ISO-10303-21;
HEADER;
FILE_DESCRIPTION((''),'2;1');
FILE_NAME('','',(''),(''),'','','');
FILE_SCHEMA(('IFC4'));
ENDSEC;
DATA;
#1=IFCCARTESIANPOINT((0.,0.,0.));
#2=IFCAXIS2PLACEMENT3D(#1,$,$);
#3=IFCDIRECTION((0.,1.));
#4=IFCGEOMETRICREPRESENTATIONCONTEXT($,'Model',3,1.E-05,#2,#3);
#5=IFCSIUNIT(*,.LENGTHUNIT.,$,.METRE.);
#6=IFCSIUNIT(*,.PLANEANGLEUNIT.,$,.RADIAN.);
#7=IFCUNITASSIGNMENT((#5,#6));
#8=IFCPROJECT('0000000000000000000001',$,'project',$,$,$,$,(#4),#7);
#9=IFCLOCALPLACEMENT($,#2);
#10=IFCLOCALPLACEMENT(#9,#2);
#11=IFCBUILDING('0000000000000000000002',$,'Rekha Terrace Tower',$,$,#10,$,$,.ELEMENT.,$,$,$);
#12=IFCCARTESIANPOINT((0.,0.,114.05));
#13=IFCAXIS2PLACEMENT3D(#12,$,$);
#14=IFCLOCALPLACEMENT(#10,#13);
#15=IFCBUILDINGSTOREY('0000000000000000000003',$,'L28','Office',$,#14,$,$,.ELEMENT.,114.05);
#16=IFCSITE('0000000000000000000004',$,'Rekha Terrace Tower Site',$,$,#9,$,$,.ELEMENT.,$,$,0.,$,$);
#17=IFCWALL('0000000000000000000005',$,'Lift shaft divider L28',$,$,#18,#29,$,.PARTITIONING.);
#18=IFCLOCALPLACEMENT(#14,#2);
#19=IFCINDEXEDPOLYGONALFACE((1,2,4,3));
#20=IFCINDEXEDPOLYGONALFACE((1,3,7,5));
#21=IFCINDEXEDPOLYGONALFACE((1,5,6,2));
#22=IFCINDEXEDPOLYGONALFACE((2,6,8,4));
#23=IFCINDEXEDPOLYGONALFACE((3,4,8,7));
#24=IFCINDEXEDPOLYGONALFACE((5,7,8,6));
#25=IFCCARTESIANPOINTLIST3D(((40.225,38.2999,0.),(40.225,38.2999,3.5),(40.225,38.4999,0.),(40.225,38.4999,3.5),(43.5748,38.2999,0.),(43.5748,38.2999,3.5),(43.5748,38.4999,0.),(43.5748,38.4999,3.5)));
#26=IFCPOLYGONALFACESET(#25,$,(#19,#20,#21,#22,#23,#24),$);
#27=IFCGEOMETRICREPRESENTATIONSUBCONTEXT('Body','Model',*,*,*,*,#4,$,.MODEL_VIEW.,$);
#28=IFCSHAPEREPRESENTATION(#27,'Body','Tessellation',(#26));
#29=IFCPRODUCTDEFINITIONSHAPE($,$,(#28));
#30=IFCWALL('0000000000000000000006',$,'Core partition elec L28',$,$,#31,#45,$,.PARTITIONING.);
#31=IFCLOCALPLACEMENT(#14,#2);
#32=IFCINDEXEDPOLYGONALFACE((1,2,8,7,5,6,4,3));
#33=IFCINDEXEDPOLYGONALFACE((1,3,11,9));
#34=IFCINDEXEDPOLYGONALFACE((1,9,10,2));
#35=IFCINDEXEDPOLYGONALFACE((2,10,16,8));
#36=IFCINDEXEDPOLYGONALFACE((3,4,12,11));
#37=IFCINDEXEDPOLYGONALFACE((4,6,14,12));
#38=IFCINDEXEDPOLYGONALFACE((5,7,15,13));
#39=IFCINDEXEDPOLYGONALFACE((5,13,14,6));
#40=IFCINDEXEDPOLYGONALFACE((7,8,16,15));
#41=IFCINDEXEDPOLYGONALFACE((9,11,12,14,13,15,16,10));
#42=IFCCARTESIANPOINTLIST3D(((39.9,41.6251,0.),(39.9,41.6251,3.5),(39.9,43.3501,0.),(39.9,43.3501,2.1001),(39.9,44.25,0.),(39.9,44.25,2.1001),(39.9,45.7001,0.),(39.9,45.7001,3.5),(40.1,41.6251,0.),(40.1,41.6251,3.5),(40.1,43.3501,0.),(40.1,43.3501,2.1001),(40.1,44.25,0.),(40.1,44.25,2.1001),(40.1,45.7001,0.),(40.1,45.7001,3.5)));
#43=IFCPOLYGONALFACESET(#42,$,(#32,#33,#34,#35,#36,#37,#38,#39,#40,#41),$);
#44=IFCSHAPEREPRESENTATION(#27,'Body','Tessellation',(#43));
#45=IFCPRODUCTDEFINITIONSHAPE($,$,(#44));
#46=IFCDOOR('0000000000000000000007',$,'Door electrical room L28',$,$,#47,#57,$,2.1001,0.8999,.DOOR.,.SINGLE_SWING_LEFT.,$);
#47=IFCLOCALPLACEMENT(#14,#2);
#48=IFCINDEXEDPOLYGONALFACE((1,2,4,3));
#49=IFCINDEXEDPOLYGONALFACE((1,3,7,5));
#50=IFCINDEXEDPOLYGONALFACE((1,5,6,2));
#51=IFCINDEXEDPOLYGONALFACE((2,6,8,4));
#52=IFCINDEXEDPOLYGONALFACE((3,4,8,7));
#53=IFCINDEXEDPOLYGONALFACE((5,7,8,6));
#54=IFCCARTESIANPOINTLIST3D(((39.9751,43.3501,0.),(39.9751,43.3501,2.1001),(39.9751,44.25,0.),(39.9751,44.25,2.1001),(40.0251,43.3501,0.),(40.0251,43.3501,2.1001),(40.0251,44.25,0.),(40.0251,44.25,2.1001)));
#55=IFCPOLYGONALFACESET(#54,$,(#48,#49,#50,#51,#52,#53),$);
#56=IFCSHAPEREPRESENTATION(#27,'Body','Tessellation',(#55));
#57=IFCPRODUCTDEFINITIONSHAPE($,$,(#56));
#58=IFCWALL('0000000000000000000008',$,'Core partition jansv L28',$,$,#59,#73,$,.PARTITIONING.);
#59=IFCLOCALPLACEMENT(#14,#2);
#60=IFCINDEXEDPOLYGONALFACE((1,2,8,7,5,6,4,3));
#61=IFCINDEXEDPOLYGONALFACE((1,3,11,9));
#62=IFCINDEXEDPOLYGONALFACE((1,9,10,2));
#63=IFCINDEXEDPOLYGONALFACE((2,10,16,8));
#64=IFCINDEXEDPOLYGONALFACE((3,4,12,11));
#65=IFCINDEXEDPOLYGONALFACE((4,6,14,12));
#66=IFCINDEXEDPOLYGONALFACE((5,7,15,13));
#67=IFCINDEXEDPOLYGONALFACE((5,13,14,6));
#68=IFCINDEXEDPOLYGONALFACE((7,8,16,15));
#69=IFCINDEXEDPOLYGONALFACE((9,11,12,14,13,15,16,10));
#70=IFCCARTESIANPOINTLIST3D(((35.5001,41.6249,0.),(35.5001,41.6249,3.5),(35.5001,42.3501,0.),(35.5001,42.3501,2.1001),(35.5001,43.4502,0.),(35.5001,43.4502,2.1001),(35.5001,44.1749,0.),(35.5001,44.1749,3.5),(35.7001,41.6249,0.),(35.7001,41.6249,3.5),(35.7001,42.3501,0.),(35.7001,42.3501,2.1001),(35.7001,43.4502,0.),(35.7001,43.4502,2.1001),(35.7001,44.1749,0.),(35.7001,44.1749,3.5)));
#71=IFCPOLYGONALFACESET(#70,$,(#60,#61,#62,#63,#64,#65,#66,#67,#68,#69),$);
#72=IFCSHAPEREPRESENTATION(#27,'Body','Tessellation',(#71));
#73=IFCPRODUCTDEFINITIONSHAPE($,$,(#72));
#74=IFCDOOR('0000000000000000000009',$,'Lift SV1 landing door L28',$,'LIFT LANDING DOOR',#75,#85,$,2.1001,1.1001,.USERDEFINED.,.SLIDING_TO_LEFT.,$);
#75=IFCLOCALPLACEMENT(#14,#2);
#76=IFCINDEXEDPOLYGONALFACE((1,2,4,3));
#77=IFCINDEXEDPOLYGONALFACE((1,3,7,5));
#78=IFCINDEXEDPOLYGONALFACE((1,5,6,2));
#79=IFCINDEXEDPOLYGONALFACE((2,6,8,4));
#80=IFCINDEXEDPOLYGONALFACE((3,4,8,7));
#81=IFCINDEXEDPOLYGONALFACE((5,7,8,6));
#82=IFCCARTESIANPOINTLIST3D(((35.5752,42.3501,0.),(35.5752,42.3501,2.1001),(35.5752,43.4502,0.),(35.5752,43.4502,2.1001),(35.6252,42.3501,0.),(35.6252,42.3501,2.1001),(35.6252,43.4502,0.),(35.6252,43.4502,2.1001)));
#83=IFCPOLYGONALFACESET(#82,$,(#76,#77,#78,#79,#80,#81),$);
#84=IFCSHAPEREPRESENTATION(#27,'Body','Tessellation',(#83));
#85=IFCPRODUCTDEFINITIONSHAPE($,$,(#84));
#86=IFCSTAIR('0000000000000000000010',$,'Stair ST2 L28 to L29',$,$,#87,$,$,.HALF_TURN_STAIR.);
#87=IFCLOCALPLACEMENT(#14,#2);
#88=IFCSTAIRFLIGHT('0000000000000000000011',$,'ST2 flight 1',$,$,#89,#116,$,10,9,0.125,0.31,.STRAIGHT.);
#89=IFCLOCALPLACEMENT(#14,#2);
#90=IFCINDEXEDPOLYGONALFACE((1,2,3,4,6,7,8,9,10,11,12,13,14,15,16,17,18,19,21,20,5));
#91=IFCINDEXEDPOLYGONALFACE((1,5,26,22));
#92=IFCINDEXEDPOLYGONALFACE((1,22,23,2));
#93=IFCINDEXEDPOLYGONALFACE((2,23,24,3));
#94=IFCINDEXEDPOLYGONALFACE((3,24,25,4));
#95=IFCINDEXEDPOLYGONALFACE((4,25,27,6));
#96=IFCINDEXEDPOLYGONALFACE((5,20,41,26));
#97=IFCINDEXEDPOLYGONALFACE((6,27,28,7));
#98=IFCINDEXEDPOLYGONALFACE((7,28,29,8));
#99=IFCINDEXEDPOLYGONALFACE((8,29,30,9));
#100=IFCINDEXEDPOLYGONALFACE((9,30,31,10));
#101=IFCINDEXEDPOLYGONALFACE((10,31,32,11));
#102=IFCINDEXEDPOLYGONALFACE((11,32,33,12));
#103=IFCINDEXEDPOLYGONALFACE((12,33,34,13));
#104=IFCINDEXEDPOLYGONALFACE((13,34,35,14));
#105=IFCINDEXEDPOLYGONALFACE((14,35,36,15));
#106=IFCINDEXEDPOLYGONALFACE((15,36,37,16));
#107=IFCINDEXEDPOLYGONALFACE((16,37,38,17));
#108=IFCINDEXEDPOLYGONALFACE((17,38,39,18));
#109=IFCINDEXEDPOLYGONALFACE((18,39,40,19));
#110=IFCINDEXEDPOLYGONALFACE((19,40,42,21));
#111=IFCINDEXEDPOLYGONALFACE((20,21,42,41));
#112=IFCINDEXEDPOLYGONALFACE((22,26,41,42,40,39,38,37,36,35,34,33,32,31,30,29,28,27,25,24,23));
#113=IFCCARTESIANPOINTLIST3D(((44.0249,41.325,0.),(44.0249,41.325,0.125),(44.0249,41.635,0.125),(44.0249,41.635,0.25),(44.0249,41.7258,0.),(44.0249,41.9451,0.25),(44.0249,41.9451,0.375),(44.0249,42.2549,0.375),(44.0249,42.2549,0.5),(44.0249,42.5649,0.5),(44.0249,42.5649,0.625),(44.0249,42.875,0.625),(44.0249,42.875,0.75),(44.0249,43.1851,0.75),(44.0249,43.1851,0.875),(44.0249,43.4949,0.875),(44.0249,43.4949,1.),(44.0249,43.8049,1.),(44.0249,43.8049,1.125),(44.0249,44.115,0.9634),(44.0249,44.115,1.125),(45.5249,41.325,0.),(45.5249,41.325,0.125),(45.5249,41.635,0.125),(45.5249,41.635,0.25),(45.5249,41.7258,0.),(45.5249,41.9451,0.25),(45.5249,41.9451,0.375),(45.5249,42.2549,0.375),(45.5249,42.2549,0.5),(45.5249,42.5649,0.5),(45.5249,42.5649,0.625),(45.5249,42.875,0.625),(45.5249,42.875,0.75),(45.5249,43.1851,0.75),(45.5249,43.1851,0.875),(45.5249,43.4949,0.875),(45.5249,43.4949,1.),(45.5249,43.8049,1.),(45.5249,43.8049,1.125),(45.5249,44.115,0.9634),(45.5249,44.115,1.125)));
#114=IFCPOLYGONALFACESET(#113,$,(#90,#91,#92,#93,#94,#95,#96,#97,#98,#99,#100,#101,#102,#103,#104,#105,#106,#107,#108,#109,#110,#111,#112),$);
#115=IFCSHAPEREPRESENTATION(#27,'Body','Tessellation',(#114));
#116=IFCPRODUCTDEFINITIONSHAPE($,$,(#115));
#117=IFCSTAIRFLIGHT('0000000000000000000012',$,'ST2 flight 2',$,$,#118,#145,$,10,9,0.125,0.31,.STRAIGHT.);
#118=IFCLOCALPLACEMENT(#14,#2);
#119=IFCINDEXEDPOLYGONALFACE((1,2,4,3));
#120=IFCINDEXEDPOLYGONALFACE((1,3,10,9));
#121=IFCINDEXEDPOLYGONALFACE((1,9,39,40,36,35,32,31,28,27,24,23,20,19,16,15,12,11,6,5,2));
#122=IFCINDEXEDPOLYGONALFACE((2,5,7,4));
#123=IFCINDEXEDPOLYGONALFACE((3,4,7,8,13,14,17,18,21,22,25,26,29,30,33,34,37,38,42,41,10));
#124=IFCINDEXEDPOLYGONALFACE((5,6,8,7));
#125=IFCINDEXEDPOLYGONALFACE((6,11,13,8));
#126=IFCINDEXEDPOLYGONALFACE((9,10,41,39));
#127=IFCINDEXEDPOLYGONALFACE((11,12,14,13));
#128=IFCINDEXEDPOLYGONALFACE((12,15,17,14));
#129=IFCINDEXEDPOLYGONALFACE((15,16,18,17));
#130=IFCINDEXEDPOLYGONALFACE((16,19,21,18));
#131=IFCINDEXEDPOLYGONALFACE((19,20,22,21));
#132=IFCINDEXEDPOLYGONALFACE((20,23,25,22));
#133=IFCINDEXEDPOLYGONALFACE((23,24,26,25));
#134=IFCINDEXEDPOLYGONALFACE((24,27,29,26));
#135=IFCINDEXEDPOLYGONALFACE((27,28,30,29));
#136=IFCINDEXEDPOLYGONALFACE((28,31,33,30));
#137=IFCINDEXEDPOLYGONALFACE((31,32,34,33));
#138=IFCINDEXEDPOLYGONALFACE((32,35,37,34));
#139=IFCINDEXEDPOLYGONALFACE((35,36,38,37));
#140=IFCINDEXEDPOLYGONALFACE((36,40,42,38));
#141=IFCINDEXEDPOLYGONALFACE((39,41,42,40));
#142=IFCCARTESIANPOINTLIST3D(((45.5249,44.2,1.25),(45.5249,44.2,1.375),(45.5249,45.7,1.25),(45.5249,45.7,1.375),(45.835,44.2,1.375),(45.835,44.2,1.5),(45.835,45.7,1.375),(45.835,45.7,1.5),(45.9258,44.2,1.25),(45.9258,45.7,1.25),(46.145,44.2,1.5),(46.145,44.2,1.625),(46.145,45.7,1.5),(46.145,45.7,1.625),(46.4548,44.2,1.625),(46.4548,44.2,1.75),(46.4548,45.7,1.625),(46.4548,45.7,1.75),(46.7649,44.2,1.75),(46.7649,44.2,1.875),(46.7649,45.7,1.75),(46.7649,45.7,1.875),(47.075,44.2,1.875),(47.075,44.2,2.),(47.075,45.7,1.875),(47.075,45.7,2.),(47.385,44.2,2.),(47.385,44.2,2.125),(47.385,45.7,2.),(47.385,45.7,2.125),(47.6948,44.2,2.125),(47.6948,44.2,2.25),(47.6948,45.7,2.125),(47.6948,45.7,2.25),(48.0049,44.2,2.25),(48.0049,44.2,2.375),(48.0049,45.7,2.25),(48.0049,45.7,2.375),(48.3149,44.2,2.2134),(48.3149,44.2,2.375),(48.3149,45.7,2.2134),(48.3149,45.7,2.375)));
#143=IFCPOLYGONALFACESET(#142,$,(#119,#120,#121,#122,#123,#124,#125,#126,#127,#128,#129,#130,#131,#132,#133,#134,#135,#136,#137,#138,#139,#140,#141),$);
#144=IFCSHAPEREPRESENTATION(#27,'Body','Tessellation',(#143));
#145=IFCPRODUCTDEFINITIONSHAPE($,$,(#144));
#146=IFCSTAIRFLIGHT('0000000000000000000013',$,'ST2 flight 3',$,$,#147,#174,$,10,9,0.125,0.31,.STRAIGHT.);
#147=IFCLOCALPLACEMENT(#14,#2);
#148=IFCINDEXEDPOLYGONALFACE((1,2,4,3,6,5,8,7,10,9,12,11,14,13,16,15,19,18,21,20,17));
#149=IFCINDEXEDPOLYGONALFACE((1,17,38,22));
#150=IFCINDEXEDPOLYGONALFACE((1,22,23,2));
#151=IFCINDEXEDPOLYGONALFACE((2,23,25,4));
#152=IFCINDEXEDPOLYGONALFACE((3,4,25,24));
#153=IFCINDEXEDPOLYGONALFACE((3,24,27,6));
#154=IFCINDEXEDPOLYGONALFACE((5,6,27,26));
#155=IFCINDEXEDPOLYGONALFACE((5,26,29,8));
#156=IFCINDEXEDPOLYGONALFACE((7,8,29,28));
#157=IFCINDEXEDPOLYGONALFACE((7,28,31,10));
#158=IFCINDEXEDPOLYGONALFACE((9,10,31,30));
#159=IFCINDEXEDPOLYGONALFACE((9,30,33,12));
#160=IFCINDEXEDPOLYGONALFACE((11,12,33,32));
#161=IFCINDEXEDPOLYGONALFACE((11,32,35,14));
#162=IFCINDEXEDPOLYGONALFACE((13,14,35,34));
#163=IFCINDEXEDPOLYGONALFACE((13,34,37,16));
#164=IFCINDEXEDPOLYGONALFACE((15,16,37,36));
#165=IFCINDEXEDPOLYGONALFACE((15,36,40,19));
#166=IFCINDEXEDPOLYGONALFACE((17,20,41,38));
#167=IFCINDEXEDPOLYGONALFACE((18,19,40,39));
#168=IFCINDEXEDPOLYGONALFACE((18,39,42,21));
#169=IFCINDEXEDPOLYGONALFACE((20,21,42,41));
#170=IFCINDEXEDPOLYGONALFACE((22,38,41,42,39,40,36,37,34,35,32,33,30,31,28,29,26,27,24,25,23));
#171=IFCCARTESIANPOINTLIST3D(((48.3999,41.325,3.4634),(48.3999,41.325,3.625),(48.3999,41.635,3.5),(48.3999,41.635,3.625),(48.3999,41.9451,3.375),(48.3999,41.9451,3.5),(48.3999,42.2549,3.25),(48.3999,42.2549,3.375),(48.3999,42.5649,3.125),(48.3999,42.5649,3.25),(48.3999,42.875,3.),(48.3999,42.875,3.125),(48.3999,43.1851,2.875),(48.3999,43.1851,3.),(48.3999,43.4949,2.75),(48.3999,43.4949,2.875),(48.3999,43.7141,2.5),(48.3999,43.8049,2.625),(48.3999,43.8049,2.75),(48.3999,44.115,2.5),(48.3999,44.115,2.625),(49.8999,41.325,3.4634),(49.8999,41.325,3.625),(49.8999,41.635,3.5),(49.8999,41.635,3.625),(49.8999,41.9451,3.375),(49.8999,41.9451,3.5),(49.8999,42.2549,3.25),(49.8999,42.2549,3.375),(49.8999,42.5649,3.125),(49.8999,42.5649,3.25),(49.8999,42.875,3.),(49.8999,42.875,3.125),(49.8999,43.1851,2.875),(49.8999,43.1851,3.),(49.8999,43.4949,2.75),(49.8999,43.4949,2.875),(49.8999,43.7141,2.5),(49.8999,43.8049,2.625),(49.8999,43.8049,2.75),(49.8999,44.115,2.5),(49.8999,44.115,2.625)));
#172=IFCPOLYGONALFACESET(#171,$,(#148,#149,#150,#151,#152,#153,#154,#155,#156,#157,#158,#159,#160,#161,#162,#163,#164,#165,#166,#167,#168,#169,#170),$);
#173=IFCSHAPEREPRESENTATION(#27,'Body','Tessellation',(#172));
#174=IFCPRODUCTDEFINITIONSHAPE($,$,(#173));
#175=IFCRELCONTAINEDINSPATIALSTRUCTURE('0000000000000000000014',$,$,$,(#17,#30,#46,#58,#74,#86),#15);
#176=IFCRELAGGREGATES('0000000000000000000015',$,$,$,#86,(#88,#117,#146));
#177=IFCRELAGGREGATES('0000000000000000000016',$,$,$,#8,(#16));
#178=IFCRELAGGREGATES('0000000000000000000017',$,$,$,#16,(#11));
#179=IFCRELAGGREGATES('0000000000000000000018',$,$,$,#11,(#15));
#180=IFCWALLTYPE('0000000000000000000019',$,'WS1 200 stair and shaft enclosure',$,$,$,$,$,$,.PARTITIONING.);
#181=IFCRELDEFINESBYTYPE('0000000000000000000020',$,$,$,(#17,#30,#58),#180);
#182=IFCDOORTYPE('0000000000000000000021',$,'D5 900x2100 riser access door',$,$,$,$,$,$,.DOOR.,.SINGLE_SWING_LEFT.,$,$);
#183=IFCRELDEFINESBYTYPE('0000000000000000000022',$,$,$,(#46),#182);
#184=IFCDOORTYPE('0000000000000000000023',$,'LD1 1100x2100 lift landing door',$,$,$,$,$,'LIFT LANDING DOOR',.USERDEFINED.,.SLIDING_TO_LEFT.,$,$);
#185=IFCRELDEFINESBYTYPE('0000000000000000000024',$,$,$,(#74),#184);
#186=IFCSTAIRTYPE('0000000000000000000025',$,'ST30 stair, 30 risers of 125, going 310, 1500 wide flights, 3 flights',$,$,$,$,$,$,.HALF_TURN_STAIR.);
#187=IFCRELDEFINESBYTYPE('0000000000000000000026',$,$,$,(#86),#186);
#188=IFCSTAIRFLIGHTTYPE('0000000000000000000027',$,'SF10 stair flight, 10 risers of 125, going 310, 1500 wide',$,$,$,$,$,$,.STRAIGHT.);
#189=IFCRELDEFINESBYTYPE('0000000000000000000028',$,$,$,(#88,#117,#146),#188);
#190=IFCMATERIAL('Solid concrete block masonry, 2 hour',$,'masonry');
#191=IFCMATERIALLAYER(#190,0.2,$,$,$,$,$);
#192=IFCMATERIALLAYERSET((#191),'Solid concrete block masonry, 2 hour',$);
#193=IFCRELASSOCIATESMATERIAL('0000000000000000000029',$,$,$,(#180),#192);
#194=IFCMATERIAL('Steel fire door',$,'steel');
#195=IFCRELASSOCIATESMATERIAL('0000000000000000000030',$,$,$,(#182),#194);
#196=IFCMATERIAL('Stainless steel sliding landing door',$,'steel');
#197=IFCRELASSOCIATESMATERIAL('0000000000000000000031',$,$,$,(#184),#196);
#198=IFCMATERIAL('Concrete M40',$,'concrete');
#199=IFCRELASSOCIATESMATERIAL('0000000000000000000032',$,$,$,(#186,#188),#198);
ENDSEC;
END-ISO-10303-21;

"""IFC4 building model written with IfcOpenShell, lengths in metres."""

from ifc_helpers import new_model, si_unit, direction, frame, frame_2d, origin, place, context, subcontext, project, spatial, polyline, rectangle, outline, extrude, material, layer, layer_set, type_object, element, fill, aggregate, save


model = new_model("IFC4")

# Units and contexts
model_context = context("Model", 3, precision=1e-05, world=origin(), true_north=direction((0.0, 1.0)))
body_context = subcontext(model_context, "Body", "Model", "MODEL_VIEW")
ifc_project = project(units=[si_unit("LENGTHUNIT", "METRE"), si_unit("PLANEANGLEUNIT", "RADIAN")], contexts=[model_context])

# Site, building, storey
site_placement = place(None, origin())
site = spatial("IfcSite", under=ifc_project, at=site_placement, Name="Rekha Terrace Tower Site", CompositionType="ELEMENT", RefElevation=0.0)
building_placement = place(site_placement, origin())
building = spatial("IfcBuilding", under=site, at=building_placement, Name="Rekha Terrace Tower", CompositionType="ELEMENT")
storey_placement = place(building_placement, frame((0.0, 0.0, 114.05)))
storey = spatial("IfcBuildingStorey", under=building, at=storey_placement, Name="L28", Description="Office", CompositionType="ELEMENT", Elevation=114.05)

# Shared definitions
ifc_material_1 = material(Name="Stainless steel sliding landing door", Category="steel")
ifc_material_2 = material(Name="Steel fire door", Category="steel")

# Wall
ifc_material_3 = material(Name="Solid concrete block masonry, 2 hour", Category="masonry")
ifc_layer_1 = layer(ifc_material_3, 0.2)
ifc_layer_set_1 = layer_set([ifc_layer_1], Name="Solid concrete block masonry, 2 hour")
wall_type_1 = type_object("IfcWallType", Name="WS1 200 stair and shaft enclosure", PredefinedType="PARTITIONING", material=ifc_layer_set_1)
wall_1_placement = place(storey_placement, frame((40.2251, 38.3999, 0.0), z_axis=(0.0, 0.0, 1.0), x_axis=(1.0, 0.0, 0.0)))
element("IfcWall", 1, at=wall_1_placement, inside=storey, type_object=wall_type_1, Name="Lift shaft divider L28", PredefinedType="PARTITIONING", context=body_context, shape_type="SweptSolid", body=[
    extrude(rectangle(XDim=3.3499, YDim=0.2, at=frame_2d((1.6748, 0.0))), origin(), (0.0, 0.0, 1.0), 3.5),
])

# Walls, openings, doors
wall_2_placement = place(storey_placement, frame((40.0, 41.625, 0.0), z_axis=(0.0, 0.0, 1.0), x_axis=(0.0, 1.0, 0.0)))
wall_2 = element("IfcWall", 2, at=wall_2_placement, inside=storey, type_object=wall_type_1, Name="Core partition elec L28", PredefinedType="PARTITIONING", context=body_context, shape_type="SweptSolid", body=[
    extrude(rectangle(XDim=4.075, YDim=0.2, at=frame_2d((2.0376, 0.0))), origin(), (0.0, 0.0, 1.0), 3.5),
])
opening_1_placement = place(wall_2_placement, frame((1.7251, 0.0, 0.0)))
opening_1 = element("IfcOpeningElement", 3, at=opening_1_placement, cuts=wall_2, PredefinedType="OPENING", context=body_context, shape_type="SweptSolid", body=[
    extrude(rectangle(XDim=0.8999, YDim=2.1001, at=frame_2d((0.45, 1.05))), frame((0.0, 0.1099, 0.0), z_axis=(0.0, -1.0, 0.0), x_axis=(1.0, 0.0, 0.0)), (0.0, 0.0, 1.0), 0.22),
])
door_type_1 = type_object("IfcDoorType", Name="D5 900x2100 riser access door", OperationType="SINGLE_SWING_LEFT", PredefinedType="DOOR", material=ifc_material_2)
door_1_placement = place(opening_1_placement, origin())
door_1 = element("IfcDoor", 4, at=door_1_placement, inside=storey, type_object=door_type_1, Name="Door electrical room L28", OperationType="SINGLE_SWING_LEFT", OverallHeight=2.1001, OverallWidth=0.8999, PredefinedType="DOOR", context=body_context, shape_type="SweptSolid", body=[
    extrude(rectangle(XDim=0.8999, YDim=2.1001, at=frame_2d((0.45, 1.05))), frame((0.0, 0.0249, 0.0), z_axis=(0.0, -1.0, 0.0), x_axis=(1.0, 0.0, 0.0)), (0.0, 0.0, 1.0), 0.05),
])
fill(opening_1, door_1)
wall_3_placement = place(storey_placement, frame((35.6001, 41.625, 0.0), z_axis=(0.0, 0.0, 1.0), x_axis=(0.0, 1.0, 0.0)))
wall_3 = element("IfcWall", 5, at=wall_3_placement, inside=storey, type_object=wall_type_1, Name="Core partition jansv L28", PredefinedType="PARTITIONING", context=body_context, shape_type="SweptSolid", body=[
    extrude(rectangle(XDim=2.55, YDim=0.2, at=frame_2d((1.2749, 0.0))), origin(), (0.0, 0.0, 1.0), 3.5),
])
opening_2_placement = place(wall_3_placement, frame((0.7251, 0.0, 0.0)))
opening_2 = element("IfcOpeningElement", 6, at=opening_2_placement, cuts=wall_3, PredefinedType="OPENING", context=body_context, shape_type="SweptSolid", body=[
    extrude(rectangle(XDim=1.1001, YDim=2.1001, at=frame_2d((0.55, 1.05))), frame((0.0, 0.1099, 0.0), z_axis=(0.0, -1.0, 0.0), x_axis=(1.0, 0.0, 0.0)), (0.0, 0.0, 1.0), 0.22),
])
door_type_2 = type_object("IfcDoorType", Name="LD1 1100x2100 lift landing door", ElementType="LIFT LANDING DOOR", OperationType="SLIDING_TO_LEFT", PredefinedType="USERDEFINED", material=ifc_material_1)
door_2_placement = place(opening_2_placement, origin())
door_2 = element("IfcDoor", 7, at=door_2_placement, inside=storey, type_object=door_type_2, Name="Lift SV1 landing door L28", ObjectType="LIFT LANDING DOOR", OperationType="SLIDING_TO_LEFT", OverallHeight=2.1001, OverallWidth=1.1001, PredefinedType="USERDEFINED", context=body_context, shape_type="SweptSolid", body=[
    extrude(rectangle(XDim=1.1001, YDim=2.1001, at=frame_2d((0.55, 1.05))), frame((0.0, 0.0249, 0.0), z_axis=(0.0, -1.0, 0.0), x_axis=(1.0, 0.0, 0.0)), (0.0, 0.0, 1.0), 0.05),
])
fill(opening_2, door_2)

# Stair, stair flights
ifc_material_4 = material(Name="Concrete M40", Category="concrete")
stair_type = type_object("IfcStairType", Name="ST30 stair, 30 risers of 125, going 310, 1500 wide flights, 3 flights", PredefinedType="HALF_TURN_STAIR", material=ifc_material_4)
stair_placement = place(storey_placement, origin())
stair = element("IfcStair", 8, at=stair_placement, inside=storey, type_object=stair_type, Name="Stair ST2 L28 to L29", PredefinedType="HALF_TURN_STAIR")
stair_flight_type = type_object("IfcStairFlightType", Name="SF10 stair flight, 10 risers of 125, going 310, 1500 wide", PredefinedType="STRAIGHT", material=ifc_material_4)
stair_flight_1_placement = place(storey_placement, frame((44.7749, 41.325, 0.0), z_axis=(0.0, 0.0, 1.0), x_axis=(0.0, 1.0, 0.0)))
stair_flight_1 = element("IfcStairFlight", 9, at=stair_flight_1_placement, type_object=stair_flight_type, Name="ST2 flight 1", NumberOfRisers=10, NumberOfTreads=9, PredefinedType="STRAIGHT", RiserHeight=0.125, TreadLength=0.31, context=body_context, shape_type="SweptSolid", body=[
    extrude(outline(polyline([(0.0, 0.0), (0.0, 0.125), (0.3101, 0.125), (0.3101, 0.25), (0.6201, 0.25), (0.6201, 0.375), (0.9299, 0.375), (0.9299, 0.5), (1.24, 0.5), (1.24, 0.625), (1.55, 0.625), (1.55, 0.75), (1.8601, 0.75), (1.8601, 0.875), (2.1699, 0.875), (2.1699, 1.0), (2.48, 1.0), (2.48, 1.125), (2.79, 1.125), (2.79, 1.25), (2.79, 0.9634), (0.4009, 0.0), (0.0, 0.0)])), frame((0.0, 0.75, 0.0), z_axis=(0.0, -1.0, 0.0), x_axis=(1.0, 0.0, 0.0)), (0.0, 0.0, 1.0), 1.5),
])
stair_flight_2_placement = place(storey_placement, frame((45.5249, 44.95, 1.25), z_axis=(0.0, 0.0, 1.0), x_axis=(1.0, 0.0, 0.0)))
stair_flight_2 = element("IfcStairFlight", 10, at=stair_flight_2_placement, type_object=stair_flight_type, Name="ST2 flight 2", NumberOfRisers=10, NumberOfTreads=9, PredefinedType="STRAIGHT", RiserHeight=0.125, TreadLength=0.31, context=body_context, shape_type="SweptSolid", body=[
    extrude(outline(polyline([(0.0, 0.0), (0.0, 0.125), (0.3101, 0.125), (0.3101, 0.25), (0.6201, 0.25), (0.6201, 0.375), (0.9299, 0.375), (0.9299, 0.5), (1.24, 0.5), (1.24, 0.625), (1.55, 0.625), (1.55, 0.75), (1.8601, 0.75), (1.8601, 0.875), (2.1699, 0.875), (2.1699, 1.0), (2.48, 1.0), (2.48, 1.125), (2.79, 1.125), (2.79, 1.25), (2.79, 0.9634), (0.4009, 0.0), (0.0, 0.0)])), frame((0.0, 0.75, 0.0), z_axis=(0.0, -1.0, 0.0), x_axis=(1.0, 0.0, 0.0)), (0.0, 0.0, 1.0), 1.5),
])
stair_flight_3_placement = place(storey_placement, frame((49.1499, 44.115, 2.5), z_axis=(0.0, 0.0, 1.0), x_axis=(0.0, -1.0, 0.0)))
stair_flight_3 = element("IfcStairFlight", 11, at=stair_flight_3_placement, type_object=stair_flight_type, Name="ST2 flight 3", NumberOfRisers=10, NumberOfTreads=9, PredefinedType="STRAIGHT", RiserHeight=0.125, TreadLength=0.31, context=body_context, shape_type="SweptSolid", body=[
    extrude(outline(polyline([(0.0, 0.0), (0.0, 0.125), (0.3101, 0.125), (0.3101, 0.25), (0.6201, 0.25), (0.6201, 0.375), (0.9299, 0.375), (0.9299, 0.5), (1.24, 0.5), (1.24, 0.625), (1.55, 0.625), (1.55, 0.75), (1.8601, 0.75), (1.8601, 0.875), (2.1699, 0.875), (2.1699, 1.0), (2.48, 1.0), (2.48, 1.125), (2.79, 1.125), (2.79, 1.25), (2.79, 0.9634), (0.4009, 0.0), (0.0, 0.0)])), frame((0.0, 0.75, 0.0), z_axis=(0.0, -1.0, 0.0), x_axis=(1.0, 0.0, 0.0)), (0.0, 0.0, 1.0), 1.5),
])
aggregate(stair, [stair_flight_1, stair_flight_2, stair_flight_3])

save(model, "model.ifc")
